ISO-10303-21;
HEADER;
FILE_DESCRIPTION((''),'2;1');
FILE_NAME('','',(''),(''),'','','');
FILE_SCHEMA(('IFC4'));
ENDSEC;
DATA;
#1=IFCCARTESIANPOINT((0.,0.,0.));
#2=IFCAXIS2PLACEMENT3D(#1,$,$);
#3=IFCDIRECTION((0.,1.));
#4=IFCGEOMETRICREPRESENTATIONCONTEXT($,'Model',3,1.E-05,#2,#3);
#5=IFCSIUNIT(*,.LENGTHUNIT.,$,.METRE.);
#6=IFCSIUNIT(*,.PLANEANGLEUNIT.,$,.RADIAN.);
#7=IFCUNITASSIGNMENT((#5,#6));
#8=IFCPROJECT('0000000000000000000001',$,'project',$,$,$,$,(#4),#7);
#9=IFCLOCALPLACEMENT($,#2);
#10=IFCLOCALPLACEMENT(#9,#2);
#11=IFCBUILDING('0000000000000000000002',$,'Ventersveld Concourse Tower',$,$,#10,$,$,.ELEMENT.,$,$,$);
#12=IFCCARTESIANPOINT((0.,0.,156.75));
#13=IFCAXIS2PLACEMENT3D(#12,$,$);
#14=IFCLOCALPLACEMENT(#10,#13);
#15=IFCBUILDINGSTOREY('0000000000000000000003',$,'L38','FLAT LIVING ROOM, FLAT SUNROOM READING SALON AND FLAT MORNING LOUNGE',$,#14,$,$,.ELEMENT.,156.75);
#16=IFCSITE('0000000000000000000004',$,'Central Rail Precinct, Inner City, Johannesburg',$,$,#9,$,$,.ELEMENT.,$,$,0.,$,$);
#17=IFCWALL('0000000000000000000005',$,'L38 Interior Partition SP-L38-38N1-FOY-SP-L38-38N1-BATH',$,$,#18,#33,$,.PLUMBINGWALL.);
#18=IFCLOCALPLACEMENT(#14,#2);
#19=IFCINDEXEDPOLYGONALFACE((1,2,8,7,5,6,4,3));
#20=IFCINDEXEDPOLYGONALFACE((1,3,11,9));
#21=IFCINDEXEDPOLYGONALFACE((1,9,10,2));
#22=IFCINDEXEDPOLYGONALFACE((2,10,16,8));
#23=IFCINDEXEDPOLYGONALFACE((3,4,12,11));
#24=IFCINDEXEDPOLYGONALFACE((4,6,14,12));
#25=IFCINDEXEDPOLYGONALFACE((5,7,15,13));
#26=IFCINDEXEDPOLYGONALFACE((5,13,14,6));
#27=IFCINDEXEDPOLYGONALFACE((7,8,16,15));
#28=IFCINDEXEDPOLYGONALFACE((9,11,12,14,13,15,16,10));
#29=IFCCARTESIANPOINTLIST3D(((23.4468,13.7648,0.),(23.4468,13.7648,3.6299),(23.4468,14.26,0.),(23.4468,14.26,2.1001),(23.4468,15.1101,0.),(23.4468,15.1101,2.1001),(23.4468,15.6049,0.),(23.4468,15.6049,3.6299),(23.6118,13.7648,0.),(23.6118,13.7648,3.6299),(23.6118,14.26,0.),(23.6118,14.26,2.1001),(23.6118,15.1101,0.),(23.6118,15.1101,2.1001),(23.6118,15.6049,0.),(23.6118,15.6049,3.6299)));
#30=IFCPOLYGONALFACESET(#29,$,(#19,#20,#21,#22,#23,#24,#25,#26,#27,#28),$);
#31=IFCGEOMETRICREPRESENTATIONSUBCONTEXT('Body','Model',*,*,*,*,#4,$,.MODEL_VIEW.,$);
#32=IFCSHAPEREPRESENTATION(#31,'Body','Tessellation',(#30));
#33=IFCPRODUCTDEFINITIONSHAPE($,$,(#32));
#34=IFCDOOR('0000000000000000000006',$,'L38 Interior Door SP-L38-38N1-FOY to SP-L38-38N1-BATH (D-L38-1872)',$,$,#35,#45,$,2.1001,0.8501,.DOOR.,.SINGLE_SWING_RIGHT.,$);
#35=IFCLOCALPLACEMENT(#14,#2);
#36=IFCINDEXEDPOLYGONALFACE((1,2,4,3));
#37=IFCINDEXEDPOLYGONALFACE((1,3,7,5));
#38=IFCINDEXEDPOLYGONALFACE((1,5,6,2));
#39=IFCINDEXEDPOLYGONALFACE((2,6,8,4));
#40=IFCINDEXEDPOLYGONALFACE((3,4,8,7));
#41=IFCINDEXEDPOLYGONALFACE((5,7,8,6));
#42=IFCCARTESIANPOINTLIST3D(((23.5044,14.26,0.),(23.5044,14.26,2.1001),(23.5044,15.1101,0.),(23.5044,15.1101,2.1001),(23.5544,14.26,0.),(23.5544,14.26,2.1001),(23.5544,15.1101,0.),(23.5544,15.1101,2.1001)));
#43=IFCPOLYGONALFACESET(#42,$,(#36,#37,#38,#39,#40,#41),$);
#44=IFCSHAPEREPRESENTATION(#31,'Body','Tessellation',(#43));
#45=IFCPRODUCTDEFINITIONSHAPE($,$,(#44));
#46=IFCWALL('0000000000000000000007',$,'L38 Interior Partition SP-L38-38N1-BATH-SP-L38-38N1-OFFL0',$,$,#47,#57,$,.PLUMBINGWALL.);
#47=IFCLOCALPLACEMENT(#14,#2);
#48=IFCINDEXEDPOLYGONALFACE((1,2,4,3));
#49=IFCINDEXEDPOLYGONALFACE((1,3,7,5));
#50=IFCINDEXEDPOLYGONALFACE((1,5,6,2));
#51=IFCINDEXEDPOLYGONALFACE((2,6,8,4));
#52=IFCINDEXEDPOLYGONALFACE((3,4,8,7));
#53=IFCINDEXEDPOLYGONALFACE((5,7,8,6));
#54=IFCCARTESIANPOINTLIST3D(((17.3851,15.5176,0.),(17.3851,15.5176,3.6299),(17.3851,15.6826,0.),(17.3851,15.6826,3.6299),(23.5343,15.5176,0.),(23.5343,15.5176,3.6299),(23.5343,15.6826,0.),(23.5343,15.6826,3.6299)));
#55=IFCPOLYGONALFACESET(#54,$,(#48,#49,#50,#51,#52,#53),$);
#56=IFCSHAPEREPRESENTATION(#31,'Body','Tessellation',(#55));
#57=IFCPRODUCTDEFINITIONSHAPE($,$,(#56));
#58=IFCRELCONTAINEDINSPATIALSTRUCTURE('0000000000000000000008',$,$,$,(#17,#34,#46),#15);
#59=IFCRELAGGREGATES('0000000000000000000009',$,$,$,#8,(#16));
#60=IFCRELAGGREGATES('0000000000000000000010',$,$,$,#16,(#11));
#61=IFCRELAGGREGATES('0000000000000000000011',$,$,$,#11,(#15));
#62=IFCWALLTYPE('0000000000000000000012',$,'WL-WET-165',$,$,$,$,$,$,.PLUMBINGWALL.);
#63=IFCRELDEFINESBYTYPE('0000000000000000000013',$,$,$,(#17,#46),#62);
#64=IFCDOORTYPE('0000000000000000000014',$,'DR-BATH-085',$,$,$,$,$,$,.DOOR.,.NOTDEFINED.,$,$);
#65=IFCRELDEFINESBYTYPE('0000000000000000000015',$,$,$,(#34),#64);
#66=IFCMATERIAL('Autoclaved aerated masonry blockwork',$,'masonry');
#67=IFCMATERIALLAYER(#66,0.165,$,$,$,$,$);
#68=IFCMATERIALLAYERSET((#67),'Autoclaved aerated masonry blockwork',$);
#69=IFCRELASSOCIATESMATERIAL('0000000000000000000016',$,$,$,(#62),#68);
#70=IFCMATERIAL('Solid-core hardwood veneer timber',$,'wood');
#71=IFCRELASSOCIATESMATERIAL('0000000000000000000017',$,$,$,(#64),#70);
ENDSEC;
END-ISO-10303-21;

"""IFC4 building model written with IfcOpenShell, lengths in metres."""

from ifc_helpers import new_model, si_unit, direction, frame, frame_2d, origin, place, context, subcontext, project, spatial, rectangle, extrude, material, layer, layer_set, type_object, element, fill, save


model = new_model("IFC4")

# Units and contexts
model_context = context("Model", 3, precision=1e-05, world=origin(), true_north=direction((0.0, 1.0)))
body_context = subcontext(model_context, "Body", "Model", "MODEL_VIEW")
ifc_project = project(units=[si_unit("LENGTHUNIT", "METRE"), si_unit("PLANEANGLEUNIT", "RADIAN")], contexts=[model_context])

# Site, building, storey
site_placement = place(None, origin())
site = spatial("IfcSite", under=ifc_project, at=site_placement, Name="Central Rail Precinct, Inner City, Johannesburg", CompositionType="ELEMENT", RefElevation=0.0)
building_placement = place(site_placement, origin())
building = spatial("IfcBuilding", under=site, at=building_placement, Name="Ventersveld Concourse Tower", CompositionType="ELEMENT")
storey_placement = place(building_placement, frame((0.0, 0.0, 156.75)))
storey = spatial("IfcBuildingStorey", under=building, at=storey_placement, Name="L38", Description="FLAT LIVING ROOM, FLAT SUNROOM READING SALON AND FLAT MORNING LOUNGE", CompositionType="ELEMENT", Elevation=156.75)

# Shared definitions
ifc_material_1 = material(Name="Solid-core hardwood veneer timber", Category="wood")

# Shared definitions
ifc_material_2 = material(Name="Autoclaved aerated masonry blockwork", Category="masonry")

# Wall, opening, door
ifc_layer_1 = layer(ifc_material_2, 0.165)
ifc_layer_set_1 = layer_set([ifc_layer_1], Name="Autoclaved aerated masonry blockwork")
wall_type_1 = type_object("IfcWallType", Name="WL-WET-165", PredefinedType="PLUMBINGWALL", material=ifc_layer_set_1)
wall_1_placement = place(storey_placement, frame((23.5293, 13.7649, 0.0), z_axis=(0.0, 0.0, 1.0), x_axis=(0.0, 1.0, 0.0)))
wall_1 = element("IfcWall", 1, at=wall_1_placement, inside=storey, type_object=wall_type_1, Name="L38 Interior Partition SP-L38-38N1-FOY-SP-L38-38N1-BATH", PredefinedType="PLUMBINGWALL", context=body_context, shape_type="SweptSolid", body=[
    extrude(rectangle(XDim=1.8401, YDim=0.165, at=frame_2d((0.9199, 0.0))), origin(), (0.0, 0.0, 1.0), 3.6299),
])
opening_1_placement = place(wall_1_placement, frame((0.4951, 0.0, 0.0)))
opening_1 = element("IfcOpeningElement", 2, at=opening_1_placement, cuts=wall_1, PredefinedType="OPENING", context=body_context, shape_type="SweptSolid", body=[
    extrude(rectangle(XDim=0.8501, YDim=2.1001, at=frame_2d((0.425, 1.05))), frame((0.0, 0.0925, 0.0), z_axis=(0.0, -1.0, 0.0), x_axis=(1.0, 0.0, 0.0)), (0.0, 0.0, 1.0), 0.1851),
])
door_type_1 = type_object("IfcDoorType", Name="DR-BATH-085", OperationType="NOTDEFINED", PredefinedType="DOOR", material=ifc_material_1)
door_1_placement = place(opening_1_placement, origin())
door_1 = element("IfcDoor", 3, at=door_1_placement, inside=storey, type_object=door_type_1, Name="L38 Interior Door SP-L38-38N1-FOY to SP-L38-38N1-BATH (D-L38-1872)", OperationType="SINGLE_SWING_RIGHT", OverallHeight=2.1001, OverallWidth=0.8501, PredefinedType="DOOR", context=body_context, shape_type="SweptSolid", body=[
    extrude(rectangle(XDim=0.8501, YDim=2.1001, at=frame_2d((0.425, 1.05))), frame((0.0, 0.0249, 0.0), z_axis=(0.0, -1.0, 0.0), x_axis=(1.0, 0.0, 0.0)), (0.0, 0.0, 1.0), 0.05),
])
fill(opening_1, door_1)

# Wall
wall_2_placement = place(storey_placement, frame((17.385, 15.6001, 0.0), z_axis=(0.0, 0.0, 1.0), x_axis=(1.0, 0.0, 0.0)))
element("IfcWall", 4, at=wall_2_placement, inside=storey, type_object=wall_type_1, Name="L38 Interior Partition SP-L38-38N1-BATH-SP-L38-38N1-OFFL0", PredefinedType="PLUMBINGWALL", context=body_context, shape_type="SweptSolid", body=[
    extrude(rectangle(XDim=6.1492, YDim=0.165, at=frame_2d((3.0747, 0.0))), origin(), (0.0, 0.0, 1.0), 3.6299),
])

save(model, "model.ifc")
